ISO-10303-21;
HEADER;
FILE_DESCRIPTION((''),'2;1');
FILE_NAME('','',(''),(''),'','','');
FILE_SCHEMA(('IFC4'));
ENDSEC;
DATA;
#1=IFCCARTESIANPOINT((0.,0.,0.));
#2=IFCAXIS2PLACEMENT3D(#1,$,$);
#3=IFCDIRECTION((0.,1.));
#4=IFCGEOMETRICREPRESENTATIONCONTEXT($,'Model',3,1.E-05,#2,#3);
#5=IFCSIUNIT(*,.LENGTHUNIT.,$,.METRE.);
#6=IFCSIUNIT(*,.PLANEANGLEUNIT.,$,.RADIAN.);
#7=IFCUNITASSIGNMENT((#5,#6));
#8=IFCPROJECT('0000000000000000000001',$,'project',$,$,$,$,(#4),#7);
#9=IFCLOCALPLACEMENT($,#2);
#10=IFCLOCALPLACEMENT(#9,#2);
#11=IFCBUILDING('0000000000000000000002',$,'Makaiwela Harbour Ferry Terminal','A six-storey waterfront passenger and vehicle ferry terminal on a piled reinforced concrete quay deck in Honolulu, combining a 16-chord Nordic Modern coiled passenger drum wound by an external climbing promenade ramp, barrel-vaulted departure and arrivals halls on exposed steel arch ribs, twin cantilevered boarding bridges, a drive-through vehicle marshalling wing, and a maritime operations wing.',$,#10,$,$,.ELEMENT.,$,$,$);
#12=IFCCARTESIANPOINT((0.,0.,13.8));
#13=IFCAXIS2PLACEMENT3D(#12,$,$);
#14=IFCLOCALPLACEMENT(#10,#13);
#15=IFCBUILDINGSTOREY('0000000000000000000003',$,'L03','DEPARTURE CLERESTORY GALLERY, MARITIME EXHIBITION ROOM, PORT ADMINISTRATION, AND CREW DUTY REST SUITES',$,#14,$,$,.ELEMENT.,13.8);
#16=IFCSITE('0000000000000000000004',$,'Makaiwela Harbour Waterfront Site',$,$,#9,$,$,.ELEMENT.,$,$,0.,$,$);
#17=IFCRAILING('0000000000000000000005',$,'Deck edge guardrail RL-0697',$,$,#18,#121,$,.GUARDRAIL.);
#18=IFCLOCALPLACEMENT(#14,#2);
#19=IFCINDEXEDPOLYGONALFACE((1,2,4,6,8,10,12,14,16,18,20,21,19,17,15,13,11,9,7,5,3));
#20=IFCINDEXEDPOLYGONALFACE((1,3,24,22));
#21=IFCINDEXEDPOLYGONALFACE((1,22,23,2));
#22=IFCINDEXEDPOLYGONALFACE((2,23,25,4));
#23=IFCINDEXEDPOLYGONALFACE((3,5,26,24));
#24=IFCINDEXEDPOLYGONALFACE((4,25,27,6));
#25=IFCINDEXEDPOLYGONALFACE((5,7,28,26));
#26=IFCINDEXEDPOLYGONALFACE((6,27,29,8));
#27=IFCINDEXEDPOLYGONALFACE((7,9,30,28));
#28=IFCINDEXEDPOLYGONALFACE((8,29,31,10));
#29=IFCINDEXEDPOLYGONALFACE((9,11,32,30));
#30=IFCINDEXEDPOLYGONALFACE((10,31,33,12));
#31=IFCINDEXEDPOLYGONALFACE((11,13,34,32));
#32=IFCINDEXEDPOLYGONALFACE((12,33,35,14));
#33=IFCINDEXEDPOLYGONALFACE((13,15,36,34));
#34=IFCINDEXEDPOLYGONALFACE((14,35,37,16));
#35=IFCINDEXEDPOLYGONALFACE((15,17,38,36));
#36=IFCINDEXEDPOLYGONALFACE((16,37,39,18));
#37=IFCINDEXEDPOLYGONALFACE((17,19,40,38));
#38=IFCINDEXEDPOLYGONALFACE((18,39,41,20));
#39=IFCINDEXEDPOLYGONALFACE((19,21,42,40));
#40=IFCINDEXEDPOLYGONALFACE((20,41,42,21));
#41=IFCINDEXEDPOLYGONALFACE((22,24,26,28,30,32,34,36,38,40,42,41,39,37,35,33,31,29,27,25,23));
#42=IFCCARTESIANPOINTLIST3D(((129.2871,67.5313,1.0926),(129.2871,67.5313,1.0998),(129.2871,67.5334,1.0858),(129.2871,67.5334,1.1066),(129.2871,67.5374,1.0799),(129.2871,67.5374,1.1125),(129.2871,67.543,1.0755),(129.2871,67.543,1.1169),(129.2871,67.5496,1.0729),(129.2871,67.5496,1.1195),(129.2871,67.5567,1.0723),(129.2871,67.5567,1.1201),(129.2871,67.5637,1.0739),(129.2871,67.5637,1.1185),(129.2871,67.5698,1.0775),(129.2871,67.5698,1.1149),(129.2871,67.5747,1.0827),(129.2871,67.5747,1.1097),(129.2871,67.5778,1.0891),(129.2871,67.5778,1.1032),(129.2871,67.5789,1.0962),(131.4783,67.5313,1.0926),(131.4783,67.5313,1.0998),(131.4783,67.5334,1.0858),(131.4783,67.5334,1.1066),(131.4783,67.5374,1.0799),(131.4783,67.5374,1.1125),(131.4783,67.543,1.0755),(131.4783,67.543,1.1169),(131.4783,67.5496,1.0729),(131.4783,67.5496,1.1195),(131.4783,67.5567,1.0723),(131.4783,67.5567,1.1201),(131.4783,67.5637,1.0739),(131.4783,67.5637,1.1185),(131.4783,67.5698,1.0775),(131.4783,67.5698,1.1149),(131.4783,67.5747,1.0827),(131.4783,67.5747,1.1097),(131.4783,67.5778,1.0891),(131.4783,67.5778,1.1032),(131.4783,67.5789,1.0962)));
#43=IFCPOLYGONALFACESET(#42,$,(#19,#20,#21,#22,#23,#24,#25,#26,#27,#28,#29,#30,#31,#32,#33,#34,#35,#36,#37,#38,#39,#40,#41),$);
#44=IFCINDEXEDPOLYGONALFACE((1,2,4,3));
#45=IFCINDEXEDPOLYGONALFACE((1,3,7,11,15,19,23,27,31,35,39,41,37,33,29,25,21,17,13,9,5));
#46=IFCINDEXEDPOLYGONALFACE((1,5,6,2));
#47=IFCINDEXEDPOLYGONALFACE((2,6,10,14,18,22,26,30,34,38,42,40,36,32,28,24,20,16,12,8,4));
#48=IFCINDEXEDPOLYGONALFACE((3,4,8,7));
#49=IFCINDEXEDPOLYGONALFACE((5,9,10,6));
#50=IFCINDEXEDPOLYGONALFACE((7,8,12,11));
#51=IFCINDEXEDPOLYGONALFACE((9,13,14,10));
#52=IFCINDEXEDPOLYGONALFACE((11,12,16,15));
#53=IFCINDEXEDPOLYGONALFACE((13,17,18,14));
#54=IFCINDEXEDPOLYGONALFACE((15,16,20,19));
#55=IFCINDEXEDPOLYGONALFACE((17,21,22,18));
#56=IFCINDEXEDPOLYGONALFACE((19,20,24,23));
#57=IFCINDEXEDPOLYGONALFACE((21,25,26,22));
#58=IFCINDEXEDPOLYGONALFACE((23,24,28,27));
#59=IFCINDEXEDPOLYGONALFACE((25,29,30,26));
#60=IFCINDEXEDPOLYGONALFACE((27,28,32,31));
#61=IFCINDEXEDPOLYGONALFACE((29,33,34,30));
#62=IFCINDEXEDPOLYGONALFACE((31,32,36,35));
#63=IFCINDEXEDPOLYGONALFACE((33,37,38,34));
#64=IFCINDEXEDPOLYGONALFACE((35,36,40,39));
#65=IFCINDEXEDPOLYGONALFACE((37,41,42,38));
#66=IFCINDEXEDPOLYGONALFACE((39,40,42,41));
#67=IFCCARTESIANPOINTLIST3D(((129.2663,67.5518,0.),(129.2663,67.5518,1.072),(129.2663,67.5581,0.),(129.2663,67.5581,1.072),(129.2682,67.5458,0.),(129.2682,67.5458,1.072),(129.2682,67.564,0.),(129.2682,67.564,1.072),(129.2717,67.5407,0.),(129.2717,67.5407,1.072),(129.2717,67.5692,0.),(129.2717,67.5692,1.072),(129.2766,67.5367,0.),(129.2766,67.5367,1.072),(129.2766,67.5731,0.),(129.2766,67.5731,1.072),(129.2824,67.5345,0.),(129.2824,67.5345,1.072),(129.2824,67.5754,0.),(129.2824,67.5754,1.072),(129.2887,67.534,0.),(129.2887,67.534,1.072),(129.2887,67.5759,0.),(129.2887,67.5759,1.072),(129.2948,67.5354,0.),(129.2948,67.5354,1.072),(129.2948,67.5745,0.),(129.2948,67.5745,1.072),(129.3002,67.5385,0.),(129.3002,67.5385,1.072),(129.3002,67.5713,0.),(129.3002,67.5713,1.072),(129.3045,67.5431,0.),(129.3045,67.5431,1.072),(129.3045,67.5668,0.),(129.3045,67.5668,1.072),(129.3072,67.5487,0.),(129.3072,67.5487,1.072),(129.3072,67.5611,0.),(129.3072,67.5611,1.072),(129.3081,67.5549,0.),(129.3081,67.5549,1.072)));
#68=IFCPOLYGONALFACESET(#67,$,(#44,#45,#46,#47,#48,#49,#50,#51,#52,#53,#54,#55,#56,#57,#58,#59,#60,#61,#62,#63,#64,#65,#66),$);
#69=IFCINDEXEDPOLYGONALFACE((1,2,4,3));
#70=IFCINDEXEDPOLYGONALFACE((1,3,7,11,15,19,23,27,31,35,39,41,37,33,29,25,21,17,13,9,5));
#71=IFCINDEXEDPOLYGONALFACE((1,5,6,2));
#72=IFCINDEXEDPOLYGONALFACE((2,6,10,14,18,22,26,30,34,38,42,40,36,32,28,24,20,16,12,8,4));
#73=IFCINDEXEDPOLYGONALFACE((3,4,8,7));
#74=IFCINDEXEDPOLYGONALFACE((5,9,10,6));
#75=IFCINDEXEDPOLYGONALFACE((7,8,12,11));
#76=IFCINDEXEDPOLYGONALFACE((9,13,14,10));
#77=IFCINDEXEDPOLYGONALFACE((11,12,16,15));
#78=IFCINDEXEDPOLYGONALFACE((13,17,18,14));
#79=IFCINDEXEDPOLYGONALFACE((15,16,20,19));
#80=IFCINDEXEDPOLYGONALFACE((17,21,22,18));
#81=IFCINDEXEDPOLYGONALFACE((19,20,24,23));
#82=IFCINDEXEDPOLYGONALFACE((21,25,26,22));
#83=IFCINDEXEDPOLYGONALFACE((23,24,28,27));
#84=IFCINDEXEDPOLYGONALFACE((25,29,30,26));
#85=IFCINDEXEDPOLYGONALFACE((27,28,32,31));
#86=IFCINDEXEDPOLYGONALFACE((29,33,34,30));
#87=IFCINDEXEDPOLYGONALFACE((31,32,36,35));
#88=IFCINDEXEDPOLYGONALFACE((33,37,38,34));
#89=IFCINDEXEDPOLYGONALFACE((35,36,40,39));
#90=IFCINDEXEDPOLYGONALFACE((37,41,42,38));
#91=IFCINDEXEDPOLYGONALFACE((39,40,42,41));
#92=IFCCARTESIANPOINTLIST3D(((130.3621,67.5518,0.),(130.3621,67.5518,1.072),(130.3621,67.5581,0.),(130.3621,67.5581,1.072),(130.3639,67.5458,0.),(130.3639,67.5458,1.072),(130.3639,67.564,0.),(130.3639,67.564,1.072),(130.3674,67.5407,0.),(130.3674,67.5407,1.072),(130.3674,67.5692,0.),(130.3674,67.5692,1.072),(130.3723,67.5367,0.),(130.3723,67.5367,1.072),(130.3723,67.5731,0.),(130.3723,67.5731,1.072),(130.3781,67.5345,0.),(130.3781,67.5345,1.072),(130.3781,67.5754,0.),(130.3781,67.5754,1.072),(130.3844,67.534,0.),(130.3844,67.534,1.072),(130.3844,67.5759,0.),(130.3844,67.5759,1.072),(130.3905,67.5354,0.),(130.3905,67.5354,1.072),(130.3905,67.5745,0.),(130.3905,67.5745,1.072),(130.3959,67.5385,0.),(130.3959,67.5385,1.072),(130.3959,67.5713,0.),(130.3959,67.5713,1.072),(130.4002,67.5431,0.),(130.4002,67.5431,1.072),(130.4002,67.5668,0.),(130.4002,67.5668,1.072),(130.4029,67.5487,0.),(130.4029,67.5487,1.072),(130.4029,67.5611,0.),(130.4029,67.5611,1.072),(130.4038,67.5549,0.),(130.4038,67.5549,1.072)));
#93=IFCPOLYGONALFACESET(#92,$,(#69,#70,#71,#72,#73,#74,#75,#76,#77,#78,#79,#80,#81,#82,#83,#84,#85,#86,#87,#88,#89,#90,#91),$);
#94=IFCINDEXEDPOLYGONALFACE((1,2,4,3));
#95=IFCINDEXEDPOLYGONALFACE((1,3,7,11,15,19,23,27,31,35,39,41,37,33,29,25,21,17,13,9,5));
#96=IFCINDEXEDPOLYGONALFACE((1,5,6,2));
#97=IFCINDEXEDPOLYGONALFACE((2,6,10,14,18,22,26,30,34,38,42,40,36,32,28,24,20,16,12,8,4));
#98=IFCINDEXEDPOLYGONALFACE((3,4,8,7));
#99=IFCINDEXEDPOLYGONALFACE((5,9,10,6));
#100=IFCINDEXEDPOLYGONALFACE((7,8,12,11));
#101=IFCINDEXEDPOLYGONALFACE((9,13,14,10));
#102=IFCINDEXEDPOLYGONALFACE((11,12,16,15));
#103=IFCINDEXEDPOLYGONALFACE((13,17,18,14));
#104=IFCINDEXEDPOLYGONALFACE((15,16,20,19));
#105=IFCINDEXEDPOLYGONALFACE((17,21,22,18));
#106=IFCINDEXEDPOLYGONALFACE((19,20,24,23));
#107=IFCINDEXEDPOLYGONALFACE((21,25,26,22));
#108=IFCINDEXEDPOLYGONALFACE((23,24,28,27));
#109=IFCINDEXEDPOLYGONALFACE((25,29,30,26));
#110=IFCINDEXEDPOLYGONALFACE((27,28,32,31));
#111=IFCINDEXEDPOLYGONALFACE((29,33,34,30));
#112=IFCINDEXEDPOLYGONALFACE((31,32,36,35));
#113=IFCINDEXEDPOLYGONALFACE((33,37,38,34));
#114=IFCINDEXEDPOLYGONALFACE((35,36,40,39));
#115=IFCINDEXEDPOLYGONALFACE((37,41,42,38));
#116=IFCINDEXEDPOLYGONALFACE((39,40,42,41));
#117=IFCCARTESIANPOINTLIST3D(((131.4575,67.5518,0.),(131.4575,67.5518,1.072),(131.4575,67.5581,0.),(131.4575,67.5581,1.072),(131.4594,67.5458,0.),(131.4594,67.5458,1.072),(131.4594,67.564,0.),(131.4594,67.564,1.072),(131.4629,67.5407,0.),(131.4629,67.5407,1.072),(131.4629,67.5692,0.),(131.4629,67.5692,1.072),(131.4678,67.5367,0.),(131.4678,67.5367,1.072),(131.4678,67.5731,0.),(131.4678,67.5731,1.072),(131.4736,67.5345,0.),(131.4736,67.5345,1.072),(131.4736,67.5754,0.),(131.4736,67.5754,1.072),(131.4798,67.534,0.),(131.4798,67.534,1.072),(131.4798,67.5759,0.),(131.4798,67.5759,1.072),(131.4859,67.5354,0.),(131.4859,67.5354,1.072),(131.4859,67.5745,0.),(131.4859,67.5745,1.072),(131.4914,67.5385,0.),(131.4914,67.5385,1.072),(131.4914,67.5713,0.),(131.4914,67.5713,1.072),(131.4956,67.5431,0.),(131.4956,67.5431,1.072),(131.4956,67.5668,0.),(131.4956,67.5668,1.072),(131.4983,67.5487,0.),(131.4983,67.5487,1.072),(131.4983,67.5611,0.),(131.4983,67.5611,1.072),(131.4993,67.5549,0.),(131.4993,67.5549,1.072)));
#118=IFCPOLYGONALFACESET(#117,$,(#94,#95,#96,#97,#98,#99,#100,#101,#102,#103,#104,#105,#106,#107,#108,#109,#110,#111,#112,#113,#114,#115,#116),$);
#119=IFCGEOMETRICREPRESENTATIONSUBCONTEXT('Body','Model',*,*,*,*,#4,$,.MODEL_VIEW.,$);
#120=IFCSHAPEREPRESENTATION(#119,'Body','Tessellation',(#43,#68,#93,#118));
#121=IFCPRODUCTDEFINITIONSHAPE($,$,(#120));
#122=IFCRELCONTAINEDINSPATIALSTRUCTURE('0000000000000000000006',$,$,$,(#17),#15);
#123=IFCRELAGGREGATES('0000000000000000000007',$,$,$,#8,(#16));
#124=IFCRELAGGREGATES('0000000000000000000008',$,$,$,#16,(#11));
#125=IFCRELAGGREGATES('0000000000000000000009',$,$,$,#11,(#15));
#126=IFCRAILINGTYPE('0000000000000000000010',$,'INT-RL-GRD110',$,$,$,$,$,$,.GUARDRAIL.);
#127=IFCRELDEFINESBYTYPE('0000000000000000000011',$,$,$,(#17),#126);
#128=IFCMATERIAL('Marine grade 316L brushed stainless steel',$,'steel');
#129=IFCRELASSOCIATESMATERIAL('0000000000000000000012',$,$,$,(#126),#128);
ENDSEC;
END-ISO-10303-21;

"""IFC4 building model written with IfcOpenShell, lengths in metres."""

from ifc_helpers import new_model, si_unit, direction, frame, origin, origin_2d, place, context, subcontext, project, spatial, circle, extrude, material, type_object, element, save


model = new_model("IFC4")

# Units and contexts
model_context = context("Model", 3, precision=1e-05, world=origin(), true_north=direction((0.0, 1.0)))
body_context = subcontext(model_context, "Body", "Model", "MODEL_VIEW")
ifc_project = project(units=[si_unit("LENGTHUNIT", "METRE"), si_unit("PLANEANGLEUNIT", "RADIAN")], contexts=[model_context])

# Site, building, storey
site_placement = place(None, origin())
site = spatial("IfcSite", under=ifc_project, at=site_placement, Name="Makaiwela Harbour Waterfront Site", CompositionType="ELEMENT", RefElevation=0.0)
building_placement = place(site_placement, origin())
building = spatial("IfcBuilding", under=site, at=building_placement, Name="Makaiwela Harbour Ferry Terminal", Description="A six-storey waterfront passenger and vehicle ferry terminal on a piled reinforced concrete quay deck in Honolulu, combining a 16-chord Nordic Modern coiled passenger drum wound by an external climbing promenade ramp, barrel-vaulted departure and arrivals halls on exposed steel arch ribs, twin cantilevered boarding bridges, a drive-through vehicle marshalling wing, and a maritime operations wing.", CompositionType="ELEMENT")
storey_placement = place(building_placement, frame((0.0, 0.0, 13.8)))
storey = spatial("IfcBuildingStorey", under=building, at=storey_placement, Name="L03", Description="DEPARTURE CLERESTORY GALLERY, MARITIME EXHIBITION ROOM, PORT ADMINISTRATION, AND CREW DUTY REST SUITES", CompositionType="ELEMENT", Elevation=13.8)

# Railing
ifc_material_1 = material(Name="Marine grade 316L brushed stainless steel", Category="steel")
railing_type = type_object("IfcRailingType", Name="INT-RL-GRD110", PredefinedType="GUARDRAIL", material=ifc_material_1)
railing_1_placement = place(storey_placement, frame((129.2871, 67.5549, 0.0)))
element("IfcRailing", 1, at=railing_1_placement, inside=storey, type_object=railing_type, Name="Deck edge guardrail RL-0697", PredefinedType="GUARDRAIL", context=body_context, shape_type="SweptSolid", body=[
    extrude(circle(Radius=0.0239, at=origin_2d()), frame((0.0, 0.0, 1.0962), z_axis=(1.0, 0.0, 0.0), x_axis=(0.0, 1.0, 0.0)), (0.0, 0.0, 1.0), 2.1912),
    extrude(circle(Radius=0.021, at=origin_2d()), origin(), (0.0, 0.0, 1.0), 1.072),
    extrude(circle(Radius=0.021, at=origin_2d()), frame((1.0957, 0.0, 0.0)), (0.0, 0.0, 1.0), 1.072),
    extrude(circle(Radius=0.021, at=origin_2d()), frame((2.1912, 0.0, 0.0)), (0.0, 0.0, 1.0), 1.072),
])

save(model, "model.ifc")
